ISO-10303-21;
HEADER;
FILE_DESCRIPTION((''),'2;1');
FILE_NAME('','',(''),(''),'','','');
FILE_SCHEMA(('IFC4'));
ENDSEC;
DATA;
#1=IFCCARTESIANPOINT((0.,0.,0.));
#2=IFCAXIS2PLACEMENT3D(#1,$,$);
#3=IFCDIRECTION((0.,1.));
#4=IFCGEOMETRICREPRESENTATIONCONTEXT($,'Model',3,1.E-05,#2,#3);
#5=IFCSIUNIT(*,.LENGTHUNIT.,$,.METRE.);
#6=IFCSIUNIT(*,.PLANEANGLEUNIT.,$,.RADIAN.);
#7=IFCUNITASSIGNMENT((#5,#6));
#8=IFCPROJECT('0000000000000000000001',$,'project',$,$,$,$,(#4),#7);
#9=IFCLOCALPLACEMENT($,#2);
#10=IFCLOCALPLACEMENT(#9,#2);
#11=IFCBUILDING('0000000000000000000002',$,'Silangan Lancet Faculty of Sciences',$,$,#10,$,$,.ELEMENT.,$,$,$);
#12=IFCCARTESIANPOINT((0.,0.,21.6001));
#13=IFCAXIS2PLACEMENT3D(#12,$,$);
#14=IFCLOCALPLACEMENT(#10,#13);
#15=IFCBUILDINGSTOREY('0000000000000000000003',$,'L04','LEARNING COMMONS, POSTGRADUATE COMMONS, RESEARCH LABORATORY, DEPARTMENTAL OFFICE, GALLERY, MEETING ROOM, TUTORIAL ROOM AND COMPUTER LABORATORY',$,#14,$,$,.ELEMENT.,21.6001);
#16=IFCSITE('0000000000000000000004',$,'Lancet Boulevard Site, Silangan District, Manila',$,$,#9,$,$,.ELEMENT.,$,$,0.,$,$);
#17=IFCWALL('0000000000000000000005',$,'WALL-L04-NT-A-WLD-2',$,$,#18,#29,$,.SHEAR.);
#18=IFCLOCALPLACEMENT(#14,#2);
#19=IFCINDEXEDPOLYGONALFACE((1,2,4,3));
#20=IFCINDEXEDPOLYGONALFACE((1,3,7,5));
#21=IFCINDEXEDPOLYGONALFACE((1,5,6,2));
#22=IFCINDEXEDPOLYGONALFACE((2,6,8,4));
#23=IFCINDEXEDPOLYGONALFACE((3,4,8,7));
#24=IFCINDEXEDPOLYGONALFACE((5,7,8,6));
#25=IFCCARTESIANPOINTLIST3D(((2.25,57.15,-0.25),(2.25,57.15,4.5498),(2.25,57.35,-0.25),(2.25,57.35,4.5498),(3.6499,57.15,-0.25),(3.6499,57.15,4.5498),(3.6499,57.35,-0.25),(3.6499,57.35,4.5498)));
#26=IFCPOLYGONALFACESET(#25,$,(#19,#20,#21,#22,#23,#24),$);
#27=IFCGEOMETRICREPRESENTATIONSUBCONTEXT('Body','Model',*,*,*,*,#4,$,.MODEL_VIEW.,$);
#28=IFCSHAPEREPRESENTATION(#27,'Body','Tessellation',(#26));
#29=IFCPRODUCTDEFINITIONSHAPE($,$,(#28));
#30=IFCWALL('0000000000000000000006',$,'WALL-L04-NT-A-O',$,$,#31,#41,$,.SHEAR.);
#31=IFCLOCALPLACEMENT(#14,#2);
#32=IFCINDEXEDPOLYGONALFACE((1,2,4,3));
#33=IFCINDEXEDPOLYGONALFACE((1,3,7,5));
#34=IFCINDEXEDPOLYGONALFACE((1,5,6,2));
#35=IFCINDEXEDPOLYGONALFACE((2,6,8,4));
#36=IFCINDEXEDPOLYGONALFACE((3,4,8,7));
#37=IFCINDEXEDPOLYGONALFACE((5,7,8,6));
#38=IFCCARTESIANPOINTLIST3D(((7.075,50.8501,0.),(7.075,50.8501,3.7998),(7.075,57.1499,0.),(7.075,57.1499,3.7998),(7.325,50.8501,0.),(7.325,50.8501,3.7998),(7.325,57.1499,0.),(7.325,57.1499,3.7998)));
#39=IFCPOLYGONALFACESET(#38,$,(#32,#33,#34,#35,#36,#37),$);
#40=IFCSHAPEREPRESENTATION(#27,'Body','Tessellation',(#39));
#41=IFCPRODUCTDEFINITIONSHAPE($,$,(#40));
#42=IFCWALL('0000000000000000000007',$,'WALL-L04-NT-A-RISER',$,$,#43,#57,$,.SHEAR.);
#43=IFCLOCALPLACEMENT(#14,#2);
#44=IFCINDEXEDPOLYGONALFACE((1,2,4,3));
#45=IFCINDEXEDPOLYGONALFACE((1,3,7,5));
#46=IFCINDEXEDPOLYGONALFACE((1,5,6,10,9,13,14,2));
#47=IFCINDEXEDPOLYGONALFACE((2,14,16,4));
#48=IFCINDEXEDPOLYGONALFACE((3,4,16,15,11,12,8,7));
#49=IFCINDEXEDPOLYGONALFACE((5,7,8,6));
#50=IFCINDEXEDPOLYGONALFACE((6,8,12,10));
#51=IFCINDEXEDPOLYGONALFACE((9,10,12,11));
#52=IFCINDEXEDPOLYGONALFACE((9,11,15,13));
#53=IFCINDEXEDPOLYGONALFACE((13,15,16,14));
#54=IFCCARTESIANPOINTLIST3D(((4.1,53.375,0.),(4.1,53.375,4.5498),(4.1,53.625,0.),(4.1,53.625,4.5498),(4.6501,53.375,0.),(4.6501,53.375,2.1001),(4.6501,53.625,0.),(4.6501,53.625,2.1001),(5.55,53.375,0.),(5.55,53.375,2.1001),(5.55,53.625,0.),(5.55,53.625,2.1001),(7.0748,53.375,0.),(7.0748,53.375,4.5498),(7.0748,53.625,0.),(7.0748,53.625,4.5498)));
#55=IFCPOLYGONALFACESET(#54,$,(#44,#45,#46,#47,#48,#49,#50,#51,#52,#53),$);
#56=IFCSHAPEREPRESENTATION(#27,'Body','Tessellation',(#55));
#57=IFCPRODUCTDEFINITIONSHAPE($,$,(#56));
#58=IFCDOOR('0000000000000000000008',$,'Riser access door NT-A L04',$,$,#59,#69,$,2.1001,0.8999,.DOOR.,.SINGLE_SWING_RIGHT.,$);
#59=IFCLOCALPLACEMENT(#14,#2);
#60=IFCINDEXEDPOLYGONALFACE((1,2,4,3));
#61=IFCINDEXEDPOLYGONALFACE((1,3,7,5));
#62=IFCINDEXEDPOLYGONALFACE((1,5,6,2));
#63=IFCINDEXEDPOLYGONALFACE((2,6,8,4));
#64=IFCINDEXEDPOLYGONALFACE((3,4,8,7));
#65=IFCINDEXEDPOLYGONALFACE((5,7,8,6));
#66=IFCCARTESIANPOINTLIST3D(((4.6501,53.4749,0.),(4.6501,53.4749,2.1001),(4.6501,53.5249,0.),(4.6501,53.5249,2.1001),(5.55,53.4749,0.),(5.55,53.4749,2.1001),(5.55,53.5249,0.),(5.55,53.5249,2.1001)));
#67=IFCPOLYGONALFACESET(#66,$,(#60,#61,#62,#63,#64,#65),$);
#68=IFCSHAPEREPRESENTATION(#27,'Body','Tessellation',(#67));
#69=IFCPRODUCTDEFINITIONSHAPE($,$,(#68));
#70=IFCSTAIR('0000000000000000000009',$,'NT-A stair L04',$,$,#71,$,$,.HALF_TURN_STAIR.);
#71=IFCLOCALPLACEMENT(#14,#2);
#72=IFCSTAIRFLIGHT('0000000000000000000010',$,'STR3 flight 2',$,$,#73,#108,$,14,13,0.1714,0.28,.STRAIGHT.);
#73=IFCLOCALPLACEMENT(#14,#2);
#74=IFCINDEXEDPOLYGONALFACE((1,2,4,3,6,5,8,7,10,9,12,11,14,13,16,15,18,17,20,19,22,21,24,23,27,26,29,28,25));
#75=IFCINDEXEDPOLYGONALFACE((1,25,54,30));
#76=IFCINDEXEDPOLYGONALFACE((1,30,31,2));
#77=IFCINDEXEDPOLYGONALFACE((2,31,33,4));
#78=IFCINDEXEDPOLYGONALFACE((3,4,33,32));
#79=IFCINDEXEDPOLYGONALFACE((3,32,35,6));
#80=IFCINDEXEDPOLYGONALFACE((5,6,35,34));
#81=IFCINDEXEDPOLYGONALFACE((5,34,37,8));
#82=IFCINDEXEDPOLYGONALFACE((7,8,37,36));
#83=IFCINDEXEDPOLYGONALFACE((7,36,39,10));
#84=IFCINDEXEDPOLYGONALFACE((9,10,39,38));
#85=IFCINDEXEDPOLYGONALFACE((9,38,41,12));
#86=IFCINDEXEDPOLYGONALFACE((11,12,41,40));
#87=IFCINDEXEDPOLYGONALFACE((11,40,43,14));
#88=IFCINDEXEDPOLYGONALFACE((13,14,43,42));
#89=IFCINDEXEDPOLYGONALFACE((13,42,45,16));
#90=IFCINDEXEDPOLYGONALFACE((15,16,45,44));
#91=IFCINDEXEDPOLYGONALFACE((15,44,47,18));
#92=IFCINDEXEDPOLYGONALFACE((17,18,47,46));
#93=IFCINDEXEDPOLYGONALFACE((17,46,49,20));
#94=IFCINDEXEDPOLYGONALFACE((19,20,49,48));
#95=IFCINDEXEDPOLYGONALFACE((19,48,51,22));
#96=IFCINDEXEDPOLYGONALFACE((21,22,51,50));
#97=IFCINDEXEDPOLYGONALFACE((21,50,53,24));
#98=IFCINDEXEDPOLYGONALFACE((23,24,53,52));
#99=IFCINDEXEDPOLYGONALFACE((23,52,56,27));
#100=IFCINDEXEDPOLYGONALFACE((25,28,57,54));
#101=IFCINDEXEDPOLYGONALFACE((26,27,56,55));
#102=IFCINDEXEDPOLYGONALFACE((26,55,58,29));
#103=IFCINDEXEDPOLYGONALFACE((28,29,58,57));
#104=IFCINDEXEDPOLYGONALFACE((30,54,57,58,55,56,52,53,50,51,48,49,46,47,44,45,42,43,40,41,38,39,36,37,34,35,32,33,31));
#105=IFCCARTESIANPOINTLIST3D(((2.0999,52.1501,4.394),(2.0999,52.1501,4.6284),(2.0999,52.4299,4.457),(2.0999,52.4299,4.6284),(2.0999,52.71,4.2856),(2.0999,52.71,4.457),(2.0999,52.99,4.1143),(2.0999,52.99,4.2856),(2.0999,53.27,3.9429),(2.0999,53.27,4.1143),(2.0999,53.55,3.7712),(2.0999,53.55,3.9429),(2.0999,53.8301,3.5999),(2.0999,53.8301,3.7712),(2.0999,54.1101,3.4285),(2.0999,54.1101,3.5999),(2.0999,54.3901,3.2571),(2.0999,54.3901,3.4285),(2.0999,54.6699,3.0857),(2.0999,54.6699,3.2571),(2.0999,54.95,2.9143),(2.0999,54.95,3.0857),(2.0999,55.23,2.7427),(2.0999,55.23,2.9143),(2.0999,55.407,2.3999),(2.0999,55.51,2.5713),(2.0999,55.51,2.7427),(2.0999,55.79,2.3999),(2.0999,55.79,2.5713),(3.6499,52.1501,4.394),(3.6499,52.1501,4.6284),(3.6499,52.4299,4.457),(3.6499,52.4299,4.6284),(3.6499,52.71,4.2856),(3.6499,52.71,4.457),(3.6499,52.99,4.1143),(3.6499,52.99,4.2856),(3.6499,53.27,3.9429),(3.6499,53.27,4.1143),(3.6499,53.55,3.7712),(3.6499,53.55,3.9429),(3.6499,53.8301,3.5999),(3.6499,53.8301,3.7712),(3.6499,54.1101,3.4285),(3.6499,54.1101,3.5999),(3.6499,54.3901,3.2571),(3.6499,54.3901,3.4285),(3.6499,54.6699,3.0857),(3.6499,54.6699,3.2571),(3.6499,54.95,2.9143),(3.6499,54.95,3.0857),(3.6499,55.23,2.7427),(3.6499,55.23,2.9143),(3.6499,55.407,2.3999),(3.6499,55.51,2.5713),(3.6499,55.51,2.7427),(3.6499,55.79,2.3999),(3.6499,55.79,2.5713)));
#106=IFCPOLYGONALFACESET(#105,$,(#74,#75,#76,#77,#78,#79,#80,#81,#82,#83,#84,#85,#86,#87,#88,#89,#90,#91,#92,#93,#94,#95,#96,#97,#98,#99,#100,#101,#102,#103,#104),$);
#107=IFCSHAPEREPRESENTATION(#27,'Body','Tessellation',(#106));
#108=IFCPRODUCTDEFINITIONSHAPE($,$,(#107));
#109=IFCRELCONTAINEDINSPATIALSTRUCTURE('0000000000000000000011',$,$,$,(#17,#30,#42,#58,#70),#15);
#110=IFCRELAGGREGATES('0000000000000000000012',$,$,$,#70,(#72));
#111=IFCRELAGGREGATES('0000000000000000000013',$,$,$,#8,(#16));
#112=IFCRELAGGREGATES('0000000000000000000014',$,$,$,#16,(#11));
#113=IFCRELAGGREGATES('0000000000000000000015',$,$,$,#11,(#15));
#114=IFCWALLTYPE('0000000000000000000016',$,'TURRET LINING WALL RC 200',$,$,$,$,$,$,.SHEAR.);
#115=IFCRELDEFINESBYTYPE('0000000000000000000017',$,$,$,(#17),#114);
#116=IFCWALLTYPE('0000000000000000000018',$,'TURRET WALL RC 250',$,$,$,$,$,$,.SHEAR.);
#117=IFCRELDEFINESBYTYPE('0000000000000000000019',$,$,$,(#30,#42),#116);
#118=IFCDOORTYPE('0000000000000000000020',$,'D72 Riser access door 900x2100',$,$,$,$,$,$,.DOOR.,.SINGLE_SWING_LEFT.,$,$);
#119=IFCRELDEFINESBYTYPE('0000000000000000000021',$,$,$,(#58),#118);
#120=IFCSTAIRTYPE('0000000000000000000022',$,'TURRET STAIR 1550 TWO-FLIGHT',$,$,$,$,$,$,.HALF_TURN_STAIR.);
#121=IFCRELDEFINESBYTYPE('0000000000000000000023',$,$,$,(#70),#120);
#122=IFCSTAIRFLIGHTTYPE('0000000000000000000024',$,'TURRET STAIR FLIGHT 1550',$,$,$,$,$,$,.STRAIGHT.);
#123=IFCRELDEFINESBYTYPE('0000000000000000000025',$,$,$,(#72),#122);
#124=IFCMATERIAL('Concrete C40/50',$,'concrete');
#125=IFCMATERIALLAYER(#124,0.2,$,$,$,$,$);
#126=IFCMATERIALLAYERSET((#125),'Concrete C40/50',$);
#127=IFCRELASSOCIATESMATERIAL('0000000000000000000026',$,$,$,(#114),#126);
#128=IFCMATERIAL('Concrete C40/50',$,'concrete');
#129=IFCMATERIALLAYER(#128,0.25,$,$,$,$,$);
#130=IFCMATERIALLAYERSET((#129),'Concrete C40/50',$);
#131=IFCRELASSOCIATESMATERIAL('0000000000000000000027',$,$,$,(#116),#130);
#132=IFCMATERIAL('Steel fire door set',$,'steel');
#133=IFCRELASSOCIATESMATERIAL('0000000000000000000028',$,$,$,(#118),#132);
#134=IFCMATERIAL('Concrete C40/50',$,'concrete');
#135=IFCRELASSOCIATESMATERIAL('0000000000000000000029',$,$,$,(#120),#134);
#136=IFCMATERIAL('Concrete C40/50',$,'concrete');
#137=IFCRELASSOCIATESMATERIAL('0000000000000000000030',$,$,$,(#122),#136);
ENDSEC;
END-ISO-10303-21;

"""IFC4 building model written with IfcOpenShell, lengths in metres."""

from ifc_helpers import new_model, si_unit, direction, frame, frame_2d, origin, place, context, subcontext, project, spatial, polyline, rectangle, outline, extrude, material, layer, layer_set, type_object, element, fill, aggregate, save


model = new_model("IFC4")

# Units and contexts
model_context = context("Model", 3, precision=1e-05, world=origin(), true_north=direction((0.0, 1.0)))
body_context = subcontext(model_context, "Body", "Model", "MODEL_VIEW")
ifc_project = project(units=[si_unit("LENGTHUNIT", "METRE"), si_unit("PLANEANGLEUNIT", "RADIAN")], contexts=[model_context])

# Site, building, storey
site_placement = place(None, origin())
site = spatial("IfcSite", under=ifc_project, at=site_placement, Name="Lancet Boulevard Site, Silangan District, Manila", CompositionType="ELEMENT", RefElevation=0.0)
building_placement = place(site_placement, origin())
building = spatial("IfcBuilding", under=site, at=building_placement, Name="Silangan Lancet Faculty of Sciences", CompositionType="ELEMENT")
storey_placement = place(building_placement, frame((0.0, 0.0, 21.6001)))
storey = spatial("IfcBuildingStorey", under=building, at=storey_placement, Name="L04", Description="LEARNING COMMONS, POSTGRADUATE COMMONS, RESEARCH LABORATORY, DEPARTMENTAL OFFICE, GALLERY, MEETING ROOM, TUTORIAL ROOM AND COMPUTER LABORATORY", CompositionType="ELEMENT", Elevation=21.6001)

# Walls
ifc_material_1 = material(Name="Concrete C40/50", Category="concrete")
ifc_layer_1 = layer(ifc_material_1, 0.2)
ifc_layer_set_1 = layer_set([ifc_layer_1], Name="Concrete C40/50")
wall_type_1 = type_object("IfcWallType", Name="TURRET LINING WALL RC 200", PredefinedType="SHEAR", material=ifc_layer_set_1)
wall_1_placement = place(storey_placement, frame((2.25, 57.25, -0.25), z_axis=(0.0, 0.0, 1.0), x_axis=(1.0, 0.0, 0.0)))
element("IfcWall", 1, at=wall_1_placement, inside=storey, type_object=wall_type_1, Name="WALL-L04-NT-A-WLD-2", PredefinedType="SHEAR", context=body_context, shape_type="SweptSolid", body=[
    extrude(rectangle(XDim=1.3999, YDim=0.2, at=frame_2d((0.7, 0.0))), origin(), (0.0, 0.0, 1.0), 4.7998),
])
ifc_material_2 = material(Name="Concrete C40/50", Category="concrete")
ifc_layer_2 = layer(ifc_material_2, 0.25)
ifc_layer_set_2 = layer_set([ifc_layer_2], Name="Concrete C40/50")
wall_type_2 = type_object("IfcWallType", Name="TURRET WALL RC 250", PredefinedType="SHEAR", material=ifc_layer_set_2)
wall_2_placement = place(storey_placement, frame((7.2, 50.8501, 0.0), z_axis=(0.0, 0.0, 1.0), x_axis=(0.0, 1.0, 0.0)))
element("IfcWall", 2, at=wall_2_placement, inside=storey, type_object=wall_type_2, Name="WALL-L04-NT-A-O", PredefinedType="SHEAR", context=body_context, shape_type="SweptSolid", body=[
    extrude(rectangle(XDim=6.2998, YDim=0.25, at=frame_2d((3.1499, 0.0))), origin(), (0.0, 0.0, 1.0), 3.7998),
])

# Wall, opening, door
wall_3_placement = place(storey_placement, frame((4.1001, 53.5, 0.0), z_axis=(0.0, 0.0, 1.0), x_axis=(1.0, 0.0, 0.0)))
wall_3 = element("IfcWall", 3, at=wall_3_placement, inside=storey, type_object=wall_type_2, Name="WALL-L04-NT-A-RISER", PredefinedType="SHEAR", context=body_context, shape_type="SweptSolid", body=[
    extrude(rectangle(XDim=2.9749, YDim=0.25, at=frame_2d((1.4873, 0.0))), origin(), (0.0, 0.0, 1.0), 4.5498),
])
opening_1_placement = place(wall_3_placement, frame((0.55, 0.0, 0.0)))
opening_1 = element("IfcOpeningElement", 4, at=opening_1_placement, cuts=wall_3, PredefinedType="OPENING", context=body_context, shape_type="SweptSolid", body=[
    extrude(rectangle(XDim=0.8999, YDim=2.1001, at=frame_2d((0.45, 1.05))), frame((0.0, 0.135, 0.0), z_axis=(0.0, -1.0, 0.0), x_axis=(1.0, 0.0, 0.0)), (0.0, 0.0, 1.0), 0.27),
])
ifc_material_3 = material(Name="Steel fire door set", Category="steel")
door_type_1 = type_object("IfcDoorType", Name="D72 Riser access door 900x2100", OperationType="SINGLE_SWING_LEFT", PredefinedType="DOOR", material=ifc_material_3)
door_1_placement = place(opening_1_placement, origin())
door_1 = element("IfcDoor", 5, at=door_1_placement, inside=storey, type_object=door_type_1, Name="Riser access door NT-A L04", OperationType="SINGLE_SWING_RIGHT", OverallHeight=2.1001, OverallWidth=0.8999, PredefinedType="DOOR", context=body_context, shape_type="SweptSolid", body=[
    extrude(rectangle(XDim=0.8999, YDim=2.1001, at=frame_2d((0.45, 1.05))), frame((0.0, 0.0249, 0.0), z_axis=(0.0, -1.0, 0.0), x_axis=(1.0, 0.0, 0.0)), (0.0, 0.0, 1.0), 0.05),
])
fill(opening_1, door_1)

# Stair, stair flight
ifc_material_4 = material(Name="Concrete C40/50", Category="concrete")
stair_type = type_object("IfcStairType", Name="TURRET STAIR 1550 TWO-FLIGHT", PredefinedType="HALF_TURN_STAIR", material=ifc_material_4)
stair_placement = place(storey_placement, origin())
stair = element("IfcStair", 6, at=stair_placement, inside=storey, type_object=stair_type, Name="NT-A stair L04", PredefinedType="HALF_TURN_STAIR")
ifc_material_5 = material(Name="Concrete C40/50", Category="concrete")
stair_flight_type = type_object("IfcStairFlightType", Name="TURRET STAIR FLIGHT 1550", PredefinedType="STRAIGHT", material=ifc_material_5)
stair_flight_placement = place(storey_placement, frame((2.875, 55.79, 2.3999), z_axis=(0.0, 0.0, 1.0), x_axis=(0.0, -1.0, 0.0)))
stair_flight = element("IfcStairFlight", 7, at=stair_flight_placement, type_object=stair_flight_type, Name="STR3 flight 2", NumberOfRisers=14, NumberOfTreads=13, PredefinedType="STRAIGHT", RiserHeight=0.1714, TreadLength=0.28, context=body_context, shape_type="SweptSolid", body=[
    extrude(outline(polyline([(0.0, 0.0), (0.0, 0.1714), (0.28, 0.1714), (0.28, 0.3428), (0.5601, 0.3428), (0.5601, 0.5144), (0.8401, 0.5144), (0.8401, 0.6858), (1.1201, 0.6858), (1.1201, 0.8572), (1.3999, 0.8572), (1.3999, 1.0286), (1.6799, 1.0286), (1.6799, 1.2), (1.96, 1.2), (1.96, 1.3713), (2.24, 1.3713), (2.24, 1.543), (2.52, 1.543), (2.52, 1.7144), (2.8, 1.7144), (2.8, 1.8857), (3.0801, 1.8857), (3.0801, 2.0571), (3.3601, 2.0571), (3.3601, 2.2285), (3.6399, 2.2285), (3.6399, 2.3999), (3.6399, 1.9941), (0.3831, 0.0), (0.0, 0.0)])), frame((0.0, 0.7749, 0.0), z_axis=(0.0, -1.0, 0.0), x_axis=(1.0, 0.0, 0.0)), (0.0, 0.0, 1.0), 1.55),
])
aggregate(stair, [stair_flight])

save(model, "model.ifc")
